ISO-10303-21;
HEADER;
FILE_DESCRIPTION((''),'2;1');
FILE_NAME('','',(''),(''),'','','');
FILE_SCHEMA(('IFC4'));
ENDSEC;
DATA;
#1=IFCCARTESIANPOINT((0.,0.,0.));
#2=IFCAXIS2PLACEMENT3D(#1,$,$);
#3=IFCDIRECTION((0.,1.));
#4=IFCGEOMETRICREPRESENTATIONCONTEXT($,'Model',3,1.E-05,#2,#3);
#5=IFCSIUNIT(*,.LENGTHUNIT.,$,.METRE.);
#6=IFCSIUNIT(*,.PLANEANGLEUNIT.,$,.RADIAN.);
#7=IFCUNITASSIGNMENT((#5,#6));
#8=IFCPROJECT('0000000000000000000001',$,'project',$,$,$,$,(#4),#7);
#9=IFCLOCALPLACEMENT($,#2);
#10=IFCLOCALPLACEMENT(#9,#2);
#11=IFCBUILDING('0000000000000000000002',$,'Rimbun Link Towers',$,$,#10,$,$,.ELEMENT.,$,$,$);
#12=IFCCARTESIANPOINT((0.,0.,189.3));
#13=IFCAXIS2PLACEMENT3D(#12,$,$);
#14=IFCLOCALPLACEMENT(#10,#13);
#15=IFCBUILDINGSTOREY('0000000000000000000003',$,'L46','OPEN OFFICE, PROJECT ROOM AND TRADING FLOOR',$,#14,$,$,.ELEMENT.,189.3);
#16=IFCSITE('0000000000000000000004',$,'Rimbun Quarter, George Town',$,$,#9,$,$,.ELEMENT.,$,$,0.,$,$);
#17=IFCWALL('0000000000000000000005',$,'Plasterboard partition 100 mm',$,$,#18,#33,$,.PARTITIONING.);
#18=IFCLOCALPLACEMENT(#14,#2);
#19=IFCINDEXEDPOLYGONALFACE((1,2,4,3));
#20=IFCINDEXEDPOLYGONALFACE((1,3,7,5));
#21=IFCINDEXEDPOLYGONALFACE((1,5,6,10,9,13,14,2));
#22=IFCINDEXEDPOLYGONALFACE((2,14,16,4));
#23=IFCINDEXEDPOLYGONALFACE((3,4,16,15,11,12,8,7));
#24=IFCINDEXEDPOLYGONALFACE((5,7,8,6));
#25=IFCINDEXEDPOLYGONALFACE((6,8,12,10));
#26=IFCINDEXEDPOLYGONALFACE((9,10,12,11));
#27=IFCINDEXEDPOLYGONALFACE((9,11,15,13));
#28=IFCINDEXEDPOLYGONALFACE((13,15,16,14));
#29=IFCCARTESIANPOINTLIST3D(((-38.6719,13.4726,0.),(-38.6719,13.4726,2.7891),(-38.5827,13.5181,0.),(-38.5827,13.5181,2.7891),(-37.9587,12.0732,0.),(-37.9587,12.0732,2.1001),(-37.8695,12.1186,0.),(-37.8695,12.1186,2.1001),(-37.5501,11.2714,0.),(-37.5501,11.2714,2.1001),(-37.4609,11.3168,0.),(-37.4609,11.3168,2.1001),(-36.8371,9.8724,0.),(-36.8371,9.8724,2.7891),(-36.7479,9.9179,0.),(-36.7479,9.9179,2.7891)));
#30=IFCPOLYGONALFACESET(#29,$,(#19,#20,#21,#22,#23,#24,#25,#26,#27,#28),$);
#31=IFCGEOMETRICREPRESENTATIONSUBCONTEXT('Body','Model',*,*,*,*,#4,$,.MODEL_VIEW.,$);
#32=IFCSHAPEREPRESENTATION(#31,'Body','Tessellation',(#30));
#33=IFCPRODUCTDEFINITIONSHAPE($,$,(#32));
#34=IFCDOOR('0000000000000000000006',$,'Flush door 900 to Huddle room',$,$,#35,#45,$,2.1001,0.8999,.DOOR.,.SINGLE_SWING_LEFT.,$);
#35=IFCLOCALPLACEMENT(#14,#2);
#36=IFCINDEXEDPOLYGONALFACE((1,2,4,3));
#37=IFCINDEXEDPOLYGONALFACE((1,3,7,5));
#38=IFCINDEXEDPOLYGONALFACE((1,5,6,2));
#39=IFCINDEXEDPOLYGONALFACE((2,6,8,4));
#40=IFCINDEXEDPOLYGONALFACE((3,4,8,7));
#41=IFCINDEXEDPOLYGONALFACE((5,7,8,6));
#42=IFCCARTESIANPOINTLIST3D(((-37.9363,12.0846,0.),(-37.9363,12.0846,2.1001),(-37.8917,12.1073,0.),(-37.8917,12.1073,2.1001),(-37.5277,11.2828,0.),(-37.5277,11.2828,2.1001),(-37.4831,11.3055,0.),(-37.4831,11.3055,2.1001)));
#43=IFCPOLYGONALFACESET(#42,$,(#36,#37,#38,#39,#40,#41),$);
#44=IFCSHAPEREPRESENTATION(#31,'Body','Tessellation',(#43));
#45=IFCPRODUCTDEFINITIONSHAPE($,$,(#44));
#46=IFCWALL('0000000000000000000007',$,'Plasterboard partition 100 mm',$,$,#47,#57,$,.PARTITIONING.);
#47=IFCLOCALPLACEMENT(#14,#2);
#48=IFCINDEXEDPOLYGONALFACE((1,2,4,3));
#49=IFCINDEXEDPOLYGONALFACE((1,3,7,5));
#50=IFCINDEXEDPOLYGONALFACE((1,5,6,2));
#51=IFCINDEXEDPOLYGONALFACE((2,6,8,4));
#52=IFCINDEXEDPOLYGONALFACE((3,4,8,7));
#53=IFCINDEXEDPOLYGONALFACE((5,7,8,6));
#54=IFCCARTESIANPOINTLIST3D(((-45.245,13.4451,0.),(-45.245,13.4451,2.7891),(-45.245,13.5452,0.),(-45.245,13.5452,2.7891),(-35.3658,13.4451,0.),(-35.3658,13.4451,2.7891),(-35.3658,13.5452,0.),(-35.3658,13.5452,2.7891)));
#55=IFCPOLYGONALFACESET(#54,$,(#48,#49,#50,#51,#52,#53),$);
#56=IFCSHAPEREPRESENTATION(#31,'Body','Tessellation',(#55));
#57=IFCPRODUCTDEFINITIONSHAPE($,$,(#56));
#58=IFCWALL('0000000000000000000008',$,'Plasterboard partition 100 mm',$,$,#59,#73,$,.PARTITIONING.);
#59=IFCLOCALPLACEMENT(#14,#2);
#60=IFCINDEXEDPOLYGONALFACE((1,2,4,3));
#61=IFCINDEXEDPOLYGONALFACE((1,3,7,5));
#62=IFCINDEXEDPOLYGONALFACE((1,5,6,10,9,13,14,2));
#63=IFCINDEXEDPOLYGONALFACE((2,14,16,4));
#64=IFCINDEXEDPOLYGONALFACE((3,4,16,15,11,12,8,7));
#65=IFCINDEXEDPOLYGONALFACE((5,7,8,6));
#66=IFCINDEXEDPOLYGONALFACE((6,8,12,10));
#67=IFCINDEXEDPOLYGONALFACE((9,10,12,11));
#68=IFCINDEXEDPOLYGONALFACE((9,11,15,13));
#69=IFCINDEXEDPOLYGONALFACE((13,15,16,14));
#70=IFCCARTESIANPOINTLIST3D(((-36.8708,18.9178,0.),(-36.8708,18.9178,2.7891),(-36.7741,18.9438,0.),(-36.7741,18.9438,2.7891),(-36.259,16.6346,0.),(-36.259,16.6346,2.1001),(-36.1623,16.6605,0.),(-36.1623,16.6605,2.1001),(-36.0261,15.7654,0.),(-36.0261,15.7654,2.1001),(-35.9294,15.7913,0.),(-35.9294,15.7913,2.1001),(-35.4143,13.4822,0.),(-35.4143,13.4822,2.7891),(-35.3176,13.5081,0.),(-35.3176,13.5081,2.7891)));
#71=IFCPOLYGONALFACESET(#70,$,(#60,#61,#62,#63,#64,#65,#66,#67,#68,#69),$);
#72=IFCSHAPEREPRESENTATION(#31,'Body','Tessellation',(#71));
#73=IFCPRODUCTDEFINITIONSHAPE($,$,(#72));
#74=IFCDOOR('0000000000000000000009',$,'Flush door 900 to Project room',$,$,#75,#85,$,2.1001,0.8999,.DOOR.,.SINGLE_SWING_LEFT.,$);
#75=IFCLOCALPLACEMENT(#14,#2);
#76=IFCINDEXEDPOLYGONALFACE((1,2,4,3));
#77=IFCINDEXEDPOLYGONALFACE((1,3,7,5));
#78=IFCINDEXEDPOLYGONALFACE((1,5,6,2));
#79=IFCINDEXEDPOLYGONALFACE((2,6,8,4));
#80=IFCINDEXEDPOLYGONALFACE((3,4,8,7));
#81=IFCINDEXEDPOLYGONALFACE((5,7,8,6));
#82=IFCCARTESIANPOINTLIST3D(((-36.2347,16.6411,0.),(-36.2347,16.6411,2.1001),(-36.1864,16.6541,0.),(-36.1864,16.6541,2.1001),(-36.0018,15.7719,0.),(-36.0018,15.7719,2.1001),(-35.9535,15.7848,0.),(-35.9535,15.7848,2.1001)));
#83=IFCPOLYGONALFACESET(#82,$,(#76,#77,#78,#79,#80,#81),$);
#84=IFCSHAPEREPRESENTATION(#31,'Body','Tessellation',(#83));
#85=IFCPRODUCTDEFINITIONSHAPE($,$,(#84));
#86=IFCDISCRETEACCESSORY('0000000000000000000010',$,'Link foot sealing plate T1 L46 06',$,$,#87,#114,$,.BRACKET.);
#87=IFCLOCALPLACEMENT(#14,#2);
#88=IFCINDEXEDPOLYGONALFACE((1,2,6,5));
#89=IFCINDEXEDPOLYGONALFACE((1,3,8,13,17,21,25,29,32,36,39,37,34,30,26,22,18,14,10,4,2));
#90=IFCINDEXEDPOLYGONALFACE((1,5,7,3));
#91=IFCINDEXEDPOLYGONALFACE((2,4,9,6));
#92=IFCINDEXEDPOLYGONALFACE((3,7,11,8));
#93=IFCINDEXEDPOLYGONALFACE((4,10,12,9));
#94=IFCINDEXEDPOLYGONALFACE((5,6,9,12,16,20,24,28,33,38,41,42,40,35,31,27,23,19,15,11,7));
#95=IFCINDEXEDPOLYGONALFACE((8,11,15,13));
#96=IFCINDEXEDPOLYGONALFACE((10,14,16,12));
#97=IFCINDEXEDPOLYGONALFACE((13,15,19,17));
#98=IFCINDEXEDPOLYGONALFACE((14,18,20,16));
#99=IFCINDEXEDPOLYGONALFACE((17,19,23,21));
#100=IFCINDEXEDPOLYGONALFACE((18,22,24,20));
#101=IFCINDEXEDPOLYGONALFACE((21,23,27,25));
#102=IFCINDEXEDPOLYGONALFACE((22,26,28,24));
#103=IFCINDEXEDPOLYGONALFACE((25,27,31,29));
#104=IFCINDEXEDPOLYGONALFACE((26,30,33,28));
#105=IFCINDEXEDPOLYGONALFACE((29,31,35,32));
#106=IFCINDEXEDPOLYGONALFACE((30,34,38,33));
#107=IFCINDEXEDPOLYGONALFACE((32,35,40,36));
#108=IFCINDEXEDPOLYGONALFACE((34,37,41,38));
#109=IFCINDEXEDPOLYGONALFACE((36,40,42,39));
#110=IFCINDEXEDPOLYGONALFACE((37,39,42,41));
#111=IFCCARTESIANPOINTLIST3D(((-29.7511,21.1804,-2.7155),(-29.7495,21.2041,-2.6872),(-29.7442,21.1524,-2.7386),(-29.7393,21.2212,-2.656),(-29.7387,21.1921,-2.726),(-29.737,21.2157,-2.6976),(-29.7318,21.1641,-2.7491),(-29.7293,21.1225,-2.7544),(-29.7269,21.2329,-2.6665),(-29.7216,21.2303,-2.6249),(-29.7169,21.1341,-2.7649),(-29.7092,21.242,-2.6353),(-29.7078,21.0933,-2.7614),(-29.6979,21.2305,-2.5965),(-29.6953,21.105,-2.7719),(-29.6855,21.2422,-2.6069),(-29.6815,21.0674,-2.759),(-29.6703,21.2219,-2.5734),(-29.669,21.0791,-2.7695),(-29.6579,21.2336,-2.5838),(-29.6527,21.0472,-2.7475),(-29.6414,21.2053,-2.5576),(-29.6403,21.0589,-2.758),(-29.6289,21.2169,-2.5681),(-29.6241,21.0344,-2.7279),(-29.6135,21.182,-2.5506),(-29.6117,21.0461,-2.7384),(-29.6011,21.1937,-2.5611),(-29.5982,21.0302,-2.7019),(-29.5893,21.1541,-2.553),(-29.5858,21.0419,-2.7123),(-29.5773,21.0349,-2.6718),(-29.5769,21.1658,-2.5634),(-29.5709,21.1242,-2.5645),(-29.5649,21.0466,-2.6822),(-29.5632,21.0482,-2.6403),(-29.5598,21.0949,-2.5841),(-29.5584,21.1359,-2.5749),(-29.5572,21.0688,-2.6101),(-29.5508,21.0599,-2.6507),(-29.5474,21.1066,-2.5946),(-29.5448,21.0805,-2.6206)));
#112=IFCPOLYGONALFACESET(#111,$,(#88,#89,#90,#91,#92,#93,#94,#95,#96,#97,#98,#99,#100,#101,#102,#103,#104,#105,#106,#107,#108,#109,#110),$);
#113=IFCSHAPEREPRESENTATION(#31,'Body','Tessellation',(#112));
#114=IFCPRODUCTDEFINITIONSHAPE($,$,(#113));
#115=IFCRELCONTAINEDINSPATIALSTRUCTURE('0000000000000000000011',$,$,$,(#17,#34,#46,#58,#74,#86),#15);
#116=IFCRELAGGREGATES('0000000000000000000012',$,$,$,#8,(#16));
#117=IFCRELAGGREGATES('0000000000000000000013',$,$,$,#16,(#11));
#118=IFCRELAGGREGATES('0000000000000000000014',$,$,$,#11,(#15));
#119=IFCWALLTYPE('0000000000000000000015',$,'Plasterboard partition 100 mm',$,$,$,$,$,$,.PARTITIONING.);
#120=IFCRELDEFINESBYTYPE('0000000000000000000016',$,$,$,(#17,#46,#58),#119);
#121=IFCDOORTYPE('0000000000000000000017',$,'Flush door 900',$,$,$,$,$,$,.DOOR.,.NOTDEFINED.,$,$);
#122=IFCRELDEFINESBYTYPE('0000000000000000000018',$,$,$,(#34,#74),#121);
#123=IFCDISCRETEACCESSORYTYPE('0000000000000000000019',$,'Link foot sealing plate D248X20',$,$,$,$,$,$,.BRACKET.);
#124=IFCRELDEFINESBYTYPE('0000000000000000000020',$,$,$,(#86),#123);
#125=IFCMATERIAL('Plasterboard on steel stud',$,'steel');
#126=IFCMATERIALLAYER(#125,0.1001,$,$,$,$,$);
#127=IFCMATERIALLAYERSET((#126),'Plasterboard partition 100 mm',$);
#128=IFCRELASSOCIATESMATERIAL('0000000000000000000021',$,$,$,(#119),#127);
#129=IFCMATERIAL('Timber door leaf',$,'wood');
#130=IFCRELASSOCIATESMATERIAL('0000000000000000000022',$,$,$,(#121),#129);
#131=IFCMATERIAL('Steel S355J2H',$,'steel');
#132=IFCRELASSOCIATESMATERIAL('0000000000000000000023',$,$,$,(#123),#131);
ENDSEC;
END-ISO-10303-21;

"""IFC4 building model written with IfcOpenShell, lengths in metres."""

from ifc_helpers import new_model, si_unit, direction, frame, frame_2d, origin, origin_2d, place, context, subcontext, project, spatial, rectangle, circle, extrude, material, layer, layer_set, material_profile, profile_set, type_object, element, fill, save


model = new_model("IFC4")

# Units and contexts
model_context = context("Model", 3, precision=1e-05, world=origin(), true_north=direction((0.0, 1.0)))
body_context = subcontext(model_context, "Body", "Model", "MODEL_VIEW")
ifc_project = project(units=[si_unit("LENGTHUNIT", "METRE"), si_unit("PLANEANGLEUNIT", "RADIAN")], contexts=[model_context])

# Site, building, storey
site_placement = place(None, origin())
site = spatial("IfcSite", under=ifc_project, at=site_placement, Name="Rimbun Quarter, George Town", CompositionType="ELEMENT", RefElevation=0.0)
building_placement = place(site_placement, origin())
building = spatial("IfcBuilding", under=site, at=building_placement, Name="Rimbun Link Towers", CompositionType="ELEMENT")
storey_placement = place(building_placement, frame((0.0, 0.0, 189.3)))
storey = spatial("IfcBuildingStorey", under=building, at=storey_placement, Name="L46", Description="OPEN OFFICE, PROJECT ROOM AND TRADING FLOOR", CompositionType="ELEMENT", Elevation=189.3)

# Wall, opening, door
ifc_material_1 = material(Name="Plasterboard on steel stud", Category="steel")
ifc_layer_1 = layer(ifc_material_1, 0.1001)
ifc_layer_set_1 = layer_set([ifc_layer_1], Name="Plasterboard partition 100 mm")
wall_type = type_object("IfcWallType", Name="Plasterboard partition 100 mm", PredefinedType="PARTITIONING", material=ifc_layer_set_1)
ifc_material_2 = material(Name="Timber door leaf", Category="wood")
door_type_1 = type_object("IfcDoorType", Name="Flush door 900", OperationType="NOTDEFINED", PredefinedType="DOOR", material=ifc_material_2)
wall_1_placement = place(storey_placement, frame((-36.7925, 9.895, 0.0), z_axis=(0.0, 0.0, 1.0), x_axis=(-0.454064, 0.890969, 0.0)))
wall_1 = element("IfcWall", 1, at=wall_1_placement, inside=storey, type_object=wall_type, Name="Plasterboard partition 100 mm", PredefinedType="PARTITIONING", context=body_context, shape_type="SweptSolid", body=[
    extrude(rectangle(XDim=4.0408, YDim=0.1001, at=frame_2d((2.0205, 0.0))), origin(), (0.0, 0.0, 1.0), 2.7891),
])
opening_1_placement = place(wall_1_placement, frame((1.5703, 0.0, 0.0)))
opening_1 = element("IfcOpeningElement", 2, at=opening_1_placement, cuts=wall_1, PredefinedType="OPENING", context=body_context, shape_type="SweptSolid", body=[
    extrude(rectangle(XDim=0.8999, YDim=2.1001, at=frame_2d((0.45, 1.05))), frame((0.0, 0.0601, 0.0), z_axis=(0.0, -1.0, 0.0), x_axis=(1.0, 0.0, 0.0)), (0.0, 0.0, 1.0), 0.1201),
])
door_1_placement = place(opening_1_placement, origin())
door_1 = element("IfcDoor", 3, at=door_1_placement, inside=storey, type_object=door_type_1, Name="Flush door 900 to Huddle room", OperationType="SINGLE_SWING_LEFT", OverallHeight=2.1001, OverallWidth=0.8999, PredefinedType="DOOR", context=body_context, shape_type="SweptSolid", body=[
    extrude(rectangle(XDim=0.8999, YDim=2.1001, at=frame_2d((0.45, 1.05))), frame((0.0, 0.0249, 0.0), z_axis=(0.0, -1.0, 0.0), x_axis=(1.0, 0.0, 0.0)), (0.0, 0.0, 1.0), 0.05),
])
fill(opening_1, door_1)

# Wall
wall_2_placement = place(storey_placement, frame((-35.366, 13.4951, 0.0), z_axis=(0.0, 0.0, 1.0), x_axis=(-1.0, 0.0, 0.0)))
element("IfcWall", 4, at=wall_2_placement, inside=storey, type_object=wall_type, Name="Plasterboard partition 100 mm", PredefinedType="PARTITIONING", context=body_context, shape_type="SweptSolid", body=[
    extrude(rectangle(XDim=9.8792, YDim=0.1001, at=frame_2d((4.9395, 0.0))), origin(), (0.0, 0.0, 1.0), 2.7891),
])

# Wall, opening, door
wall_3_placement = place(storey_placement, frame((-35.366, 13.4951, 0.0), z_axis=(0.0, 0.0, 1.0), x_axis=(-0.258824, 0.965925, 0.0)))
wall_3 = element("IfcWall", 5, at=wall_3_placement, inside=storey, type_object=wall_type, Name="Plasterboard partition 100 mm", PredefinedType="PARTITIONING", context=body_context, shape_type="SweptSolid", body=[
    extrude(rectangle(XDim=5.6274, YDim=0.1001, at=frame_2d((2.8137, 0.0))), origin(), (0.0, 0.0, 1.0), 2.7891),
])
opening_2_placement = place(wall_3_placement, frame((2.3638, 0.0, 0.0)))
opening_2 = element("IfcOpeningElement", 6, at=opening_2_placement, cuts=wall_3, PredefinedType="OPENING", context=body_context, shape_type="SweptSolid", body=[
    extrude(rectangle(XDim=0.8999, YDim=2.1001, at=frame_2d((0.45, 1.05))), frame((0.0, 0.0601, 0.0), z_axis=(0.0, -1.0, 0.0), x_axis=(1.0, 0.0, 0.0)), (0.0, 0.0, 1.0), 0.1201),
])
door_2_placement = place(opening_2_placement, origin())
door_2 = element("IfcDoor", 7, at=door_2_placement, inside=storey, type_object=door_type_1, Name="Flush door 900 to Project room", OperationType="SINGLE_SWING_LEFT", OverallHeight=2.1001, OverallWidth=0.8999, PredefinedType="DOOR", context=body_context, shape_type="SweptSolid", body=[
    extrude(rectangle(XDim=0.8999, YDim=2.1001, at=frame_2d((0.45, 1.05))), frame((0.0, 0.0249, 0.0), z_axis=(0.0, -1.0, 0.0), x_axis=(1.0, 0.0, 0.0)), (0.0, 0.0, 1.0), 0.05),
])
fill(opening_2, door_2)

# Discrete accessory
ifc_material_3 = material(Name="Steel S355J2H", Category="steel")
ifc_material_profile_1 = material_profile(ifc_material_3, circle(Radius=0.124, at=origin_2d()), Name="PL D248")
ifc_profile_set_1 = profile_set([ifc_material_profile_1], Name="Steel S355J2H")
discrete_accessory_type = type_object("IfcDiscreteAccessoryType", Name="Link foot sealing plate D248X20", PredefinedType="BRACKET", material=ifc_profile_set_1)
discrete_accessory_placement = place(storey_placement, frame((-29.6543, 21.1309, -2.656), z_axis=(0.620568, 0.584064, -0.523224), x_axis=(-0.685365, 0.7282, 0.0)))
element("IfcDiscreteAccessory", 8, at=discrete_accessory_placement, inside=storey, type_object=discrete_accessory_type, Name="Link foot sealing plate T1 L46 06", PredefinedType="BRACKET", context=body_context, shape_type="SweptSolid", body=[
    extrude(circle(Radius=0.124, at=origin_2d()), origin(), (0.0, 0.0, 1.0), 0.02),
])

save(model, "model.ifc")
